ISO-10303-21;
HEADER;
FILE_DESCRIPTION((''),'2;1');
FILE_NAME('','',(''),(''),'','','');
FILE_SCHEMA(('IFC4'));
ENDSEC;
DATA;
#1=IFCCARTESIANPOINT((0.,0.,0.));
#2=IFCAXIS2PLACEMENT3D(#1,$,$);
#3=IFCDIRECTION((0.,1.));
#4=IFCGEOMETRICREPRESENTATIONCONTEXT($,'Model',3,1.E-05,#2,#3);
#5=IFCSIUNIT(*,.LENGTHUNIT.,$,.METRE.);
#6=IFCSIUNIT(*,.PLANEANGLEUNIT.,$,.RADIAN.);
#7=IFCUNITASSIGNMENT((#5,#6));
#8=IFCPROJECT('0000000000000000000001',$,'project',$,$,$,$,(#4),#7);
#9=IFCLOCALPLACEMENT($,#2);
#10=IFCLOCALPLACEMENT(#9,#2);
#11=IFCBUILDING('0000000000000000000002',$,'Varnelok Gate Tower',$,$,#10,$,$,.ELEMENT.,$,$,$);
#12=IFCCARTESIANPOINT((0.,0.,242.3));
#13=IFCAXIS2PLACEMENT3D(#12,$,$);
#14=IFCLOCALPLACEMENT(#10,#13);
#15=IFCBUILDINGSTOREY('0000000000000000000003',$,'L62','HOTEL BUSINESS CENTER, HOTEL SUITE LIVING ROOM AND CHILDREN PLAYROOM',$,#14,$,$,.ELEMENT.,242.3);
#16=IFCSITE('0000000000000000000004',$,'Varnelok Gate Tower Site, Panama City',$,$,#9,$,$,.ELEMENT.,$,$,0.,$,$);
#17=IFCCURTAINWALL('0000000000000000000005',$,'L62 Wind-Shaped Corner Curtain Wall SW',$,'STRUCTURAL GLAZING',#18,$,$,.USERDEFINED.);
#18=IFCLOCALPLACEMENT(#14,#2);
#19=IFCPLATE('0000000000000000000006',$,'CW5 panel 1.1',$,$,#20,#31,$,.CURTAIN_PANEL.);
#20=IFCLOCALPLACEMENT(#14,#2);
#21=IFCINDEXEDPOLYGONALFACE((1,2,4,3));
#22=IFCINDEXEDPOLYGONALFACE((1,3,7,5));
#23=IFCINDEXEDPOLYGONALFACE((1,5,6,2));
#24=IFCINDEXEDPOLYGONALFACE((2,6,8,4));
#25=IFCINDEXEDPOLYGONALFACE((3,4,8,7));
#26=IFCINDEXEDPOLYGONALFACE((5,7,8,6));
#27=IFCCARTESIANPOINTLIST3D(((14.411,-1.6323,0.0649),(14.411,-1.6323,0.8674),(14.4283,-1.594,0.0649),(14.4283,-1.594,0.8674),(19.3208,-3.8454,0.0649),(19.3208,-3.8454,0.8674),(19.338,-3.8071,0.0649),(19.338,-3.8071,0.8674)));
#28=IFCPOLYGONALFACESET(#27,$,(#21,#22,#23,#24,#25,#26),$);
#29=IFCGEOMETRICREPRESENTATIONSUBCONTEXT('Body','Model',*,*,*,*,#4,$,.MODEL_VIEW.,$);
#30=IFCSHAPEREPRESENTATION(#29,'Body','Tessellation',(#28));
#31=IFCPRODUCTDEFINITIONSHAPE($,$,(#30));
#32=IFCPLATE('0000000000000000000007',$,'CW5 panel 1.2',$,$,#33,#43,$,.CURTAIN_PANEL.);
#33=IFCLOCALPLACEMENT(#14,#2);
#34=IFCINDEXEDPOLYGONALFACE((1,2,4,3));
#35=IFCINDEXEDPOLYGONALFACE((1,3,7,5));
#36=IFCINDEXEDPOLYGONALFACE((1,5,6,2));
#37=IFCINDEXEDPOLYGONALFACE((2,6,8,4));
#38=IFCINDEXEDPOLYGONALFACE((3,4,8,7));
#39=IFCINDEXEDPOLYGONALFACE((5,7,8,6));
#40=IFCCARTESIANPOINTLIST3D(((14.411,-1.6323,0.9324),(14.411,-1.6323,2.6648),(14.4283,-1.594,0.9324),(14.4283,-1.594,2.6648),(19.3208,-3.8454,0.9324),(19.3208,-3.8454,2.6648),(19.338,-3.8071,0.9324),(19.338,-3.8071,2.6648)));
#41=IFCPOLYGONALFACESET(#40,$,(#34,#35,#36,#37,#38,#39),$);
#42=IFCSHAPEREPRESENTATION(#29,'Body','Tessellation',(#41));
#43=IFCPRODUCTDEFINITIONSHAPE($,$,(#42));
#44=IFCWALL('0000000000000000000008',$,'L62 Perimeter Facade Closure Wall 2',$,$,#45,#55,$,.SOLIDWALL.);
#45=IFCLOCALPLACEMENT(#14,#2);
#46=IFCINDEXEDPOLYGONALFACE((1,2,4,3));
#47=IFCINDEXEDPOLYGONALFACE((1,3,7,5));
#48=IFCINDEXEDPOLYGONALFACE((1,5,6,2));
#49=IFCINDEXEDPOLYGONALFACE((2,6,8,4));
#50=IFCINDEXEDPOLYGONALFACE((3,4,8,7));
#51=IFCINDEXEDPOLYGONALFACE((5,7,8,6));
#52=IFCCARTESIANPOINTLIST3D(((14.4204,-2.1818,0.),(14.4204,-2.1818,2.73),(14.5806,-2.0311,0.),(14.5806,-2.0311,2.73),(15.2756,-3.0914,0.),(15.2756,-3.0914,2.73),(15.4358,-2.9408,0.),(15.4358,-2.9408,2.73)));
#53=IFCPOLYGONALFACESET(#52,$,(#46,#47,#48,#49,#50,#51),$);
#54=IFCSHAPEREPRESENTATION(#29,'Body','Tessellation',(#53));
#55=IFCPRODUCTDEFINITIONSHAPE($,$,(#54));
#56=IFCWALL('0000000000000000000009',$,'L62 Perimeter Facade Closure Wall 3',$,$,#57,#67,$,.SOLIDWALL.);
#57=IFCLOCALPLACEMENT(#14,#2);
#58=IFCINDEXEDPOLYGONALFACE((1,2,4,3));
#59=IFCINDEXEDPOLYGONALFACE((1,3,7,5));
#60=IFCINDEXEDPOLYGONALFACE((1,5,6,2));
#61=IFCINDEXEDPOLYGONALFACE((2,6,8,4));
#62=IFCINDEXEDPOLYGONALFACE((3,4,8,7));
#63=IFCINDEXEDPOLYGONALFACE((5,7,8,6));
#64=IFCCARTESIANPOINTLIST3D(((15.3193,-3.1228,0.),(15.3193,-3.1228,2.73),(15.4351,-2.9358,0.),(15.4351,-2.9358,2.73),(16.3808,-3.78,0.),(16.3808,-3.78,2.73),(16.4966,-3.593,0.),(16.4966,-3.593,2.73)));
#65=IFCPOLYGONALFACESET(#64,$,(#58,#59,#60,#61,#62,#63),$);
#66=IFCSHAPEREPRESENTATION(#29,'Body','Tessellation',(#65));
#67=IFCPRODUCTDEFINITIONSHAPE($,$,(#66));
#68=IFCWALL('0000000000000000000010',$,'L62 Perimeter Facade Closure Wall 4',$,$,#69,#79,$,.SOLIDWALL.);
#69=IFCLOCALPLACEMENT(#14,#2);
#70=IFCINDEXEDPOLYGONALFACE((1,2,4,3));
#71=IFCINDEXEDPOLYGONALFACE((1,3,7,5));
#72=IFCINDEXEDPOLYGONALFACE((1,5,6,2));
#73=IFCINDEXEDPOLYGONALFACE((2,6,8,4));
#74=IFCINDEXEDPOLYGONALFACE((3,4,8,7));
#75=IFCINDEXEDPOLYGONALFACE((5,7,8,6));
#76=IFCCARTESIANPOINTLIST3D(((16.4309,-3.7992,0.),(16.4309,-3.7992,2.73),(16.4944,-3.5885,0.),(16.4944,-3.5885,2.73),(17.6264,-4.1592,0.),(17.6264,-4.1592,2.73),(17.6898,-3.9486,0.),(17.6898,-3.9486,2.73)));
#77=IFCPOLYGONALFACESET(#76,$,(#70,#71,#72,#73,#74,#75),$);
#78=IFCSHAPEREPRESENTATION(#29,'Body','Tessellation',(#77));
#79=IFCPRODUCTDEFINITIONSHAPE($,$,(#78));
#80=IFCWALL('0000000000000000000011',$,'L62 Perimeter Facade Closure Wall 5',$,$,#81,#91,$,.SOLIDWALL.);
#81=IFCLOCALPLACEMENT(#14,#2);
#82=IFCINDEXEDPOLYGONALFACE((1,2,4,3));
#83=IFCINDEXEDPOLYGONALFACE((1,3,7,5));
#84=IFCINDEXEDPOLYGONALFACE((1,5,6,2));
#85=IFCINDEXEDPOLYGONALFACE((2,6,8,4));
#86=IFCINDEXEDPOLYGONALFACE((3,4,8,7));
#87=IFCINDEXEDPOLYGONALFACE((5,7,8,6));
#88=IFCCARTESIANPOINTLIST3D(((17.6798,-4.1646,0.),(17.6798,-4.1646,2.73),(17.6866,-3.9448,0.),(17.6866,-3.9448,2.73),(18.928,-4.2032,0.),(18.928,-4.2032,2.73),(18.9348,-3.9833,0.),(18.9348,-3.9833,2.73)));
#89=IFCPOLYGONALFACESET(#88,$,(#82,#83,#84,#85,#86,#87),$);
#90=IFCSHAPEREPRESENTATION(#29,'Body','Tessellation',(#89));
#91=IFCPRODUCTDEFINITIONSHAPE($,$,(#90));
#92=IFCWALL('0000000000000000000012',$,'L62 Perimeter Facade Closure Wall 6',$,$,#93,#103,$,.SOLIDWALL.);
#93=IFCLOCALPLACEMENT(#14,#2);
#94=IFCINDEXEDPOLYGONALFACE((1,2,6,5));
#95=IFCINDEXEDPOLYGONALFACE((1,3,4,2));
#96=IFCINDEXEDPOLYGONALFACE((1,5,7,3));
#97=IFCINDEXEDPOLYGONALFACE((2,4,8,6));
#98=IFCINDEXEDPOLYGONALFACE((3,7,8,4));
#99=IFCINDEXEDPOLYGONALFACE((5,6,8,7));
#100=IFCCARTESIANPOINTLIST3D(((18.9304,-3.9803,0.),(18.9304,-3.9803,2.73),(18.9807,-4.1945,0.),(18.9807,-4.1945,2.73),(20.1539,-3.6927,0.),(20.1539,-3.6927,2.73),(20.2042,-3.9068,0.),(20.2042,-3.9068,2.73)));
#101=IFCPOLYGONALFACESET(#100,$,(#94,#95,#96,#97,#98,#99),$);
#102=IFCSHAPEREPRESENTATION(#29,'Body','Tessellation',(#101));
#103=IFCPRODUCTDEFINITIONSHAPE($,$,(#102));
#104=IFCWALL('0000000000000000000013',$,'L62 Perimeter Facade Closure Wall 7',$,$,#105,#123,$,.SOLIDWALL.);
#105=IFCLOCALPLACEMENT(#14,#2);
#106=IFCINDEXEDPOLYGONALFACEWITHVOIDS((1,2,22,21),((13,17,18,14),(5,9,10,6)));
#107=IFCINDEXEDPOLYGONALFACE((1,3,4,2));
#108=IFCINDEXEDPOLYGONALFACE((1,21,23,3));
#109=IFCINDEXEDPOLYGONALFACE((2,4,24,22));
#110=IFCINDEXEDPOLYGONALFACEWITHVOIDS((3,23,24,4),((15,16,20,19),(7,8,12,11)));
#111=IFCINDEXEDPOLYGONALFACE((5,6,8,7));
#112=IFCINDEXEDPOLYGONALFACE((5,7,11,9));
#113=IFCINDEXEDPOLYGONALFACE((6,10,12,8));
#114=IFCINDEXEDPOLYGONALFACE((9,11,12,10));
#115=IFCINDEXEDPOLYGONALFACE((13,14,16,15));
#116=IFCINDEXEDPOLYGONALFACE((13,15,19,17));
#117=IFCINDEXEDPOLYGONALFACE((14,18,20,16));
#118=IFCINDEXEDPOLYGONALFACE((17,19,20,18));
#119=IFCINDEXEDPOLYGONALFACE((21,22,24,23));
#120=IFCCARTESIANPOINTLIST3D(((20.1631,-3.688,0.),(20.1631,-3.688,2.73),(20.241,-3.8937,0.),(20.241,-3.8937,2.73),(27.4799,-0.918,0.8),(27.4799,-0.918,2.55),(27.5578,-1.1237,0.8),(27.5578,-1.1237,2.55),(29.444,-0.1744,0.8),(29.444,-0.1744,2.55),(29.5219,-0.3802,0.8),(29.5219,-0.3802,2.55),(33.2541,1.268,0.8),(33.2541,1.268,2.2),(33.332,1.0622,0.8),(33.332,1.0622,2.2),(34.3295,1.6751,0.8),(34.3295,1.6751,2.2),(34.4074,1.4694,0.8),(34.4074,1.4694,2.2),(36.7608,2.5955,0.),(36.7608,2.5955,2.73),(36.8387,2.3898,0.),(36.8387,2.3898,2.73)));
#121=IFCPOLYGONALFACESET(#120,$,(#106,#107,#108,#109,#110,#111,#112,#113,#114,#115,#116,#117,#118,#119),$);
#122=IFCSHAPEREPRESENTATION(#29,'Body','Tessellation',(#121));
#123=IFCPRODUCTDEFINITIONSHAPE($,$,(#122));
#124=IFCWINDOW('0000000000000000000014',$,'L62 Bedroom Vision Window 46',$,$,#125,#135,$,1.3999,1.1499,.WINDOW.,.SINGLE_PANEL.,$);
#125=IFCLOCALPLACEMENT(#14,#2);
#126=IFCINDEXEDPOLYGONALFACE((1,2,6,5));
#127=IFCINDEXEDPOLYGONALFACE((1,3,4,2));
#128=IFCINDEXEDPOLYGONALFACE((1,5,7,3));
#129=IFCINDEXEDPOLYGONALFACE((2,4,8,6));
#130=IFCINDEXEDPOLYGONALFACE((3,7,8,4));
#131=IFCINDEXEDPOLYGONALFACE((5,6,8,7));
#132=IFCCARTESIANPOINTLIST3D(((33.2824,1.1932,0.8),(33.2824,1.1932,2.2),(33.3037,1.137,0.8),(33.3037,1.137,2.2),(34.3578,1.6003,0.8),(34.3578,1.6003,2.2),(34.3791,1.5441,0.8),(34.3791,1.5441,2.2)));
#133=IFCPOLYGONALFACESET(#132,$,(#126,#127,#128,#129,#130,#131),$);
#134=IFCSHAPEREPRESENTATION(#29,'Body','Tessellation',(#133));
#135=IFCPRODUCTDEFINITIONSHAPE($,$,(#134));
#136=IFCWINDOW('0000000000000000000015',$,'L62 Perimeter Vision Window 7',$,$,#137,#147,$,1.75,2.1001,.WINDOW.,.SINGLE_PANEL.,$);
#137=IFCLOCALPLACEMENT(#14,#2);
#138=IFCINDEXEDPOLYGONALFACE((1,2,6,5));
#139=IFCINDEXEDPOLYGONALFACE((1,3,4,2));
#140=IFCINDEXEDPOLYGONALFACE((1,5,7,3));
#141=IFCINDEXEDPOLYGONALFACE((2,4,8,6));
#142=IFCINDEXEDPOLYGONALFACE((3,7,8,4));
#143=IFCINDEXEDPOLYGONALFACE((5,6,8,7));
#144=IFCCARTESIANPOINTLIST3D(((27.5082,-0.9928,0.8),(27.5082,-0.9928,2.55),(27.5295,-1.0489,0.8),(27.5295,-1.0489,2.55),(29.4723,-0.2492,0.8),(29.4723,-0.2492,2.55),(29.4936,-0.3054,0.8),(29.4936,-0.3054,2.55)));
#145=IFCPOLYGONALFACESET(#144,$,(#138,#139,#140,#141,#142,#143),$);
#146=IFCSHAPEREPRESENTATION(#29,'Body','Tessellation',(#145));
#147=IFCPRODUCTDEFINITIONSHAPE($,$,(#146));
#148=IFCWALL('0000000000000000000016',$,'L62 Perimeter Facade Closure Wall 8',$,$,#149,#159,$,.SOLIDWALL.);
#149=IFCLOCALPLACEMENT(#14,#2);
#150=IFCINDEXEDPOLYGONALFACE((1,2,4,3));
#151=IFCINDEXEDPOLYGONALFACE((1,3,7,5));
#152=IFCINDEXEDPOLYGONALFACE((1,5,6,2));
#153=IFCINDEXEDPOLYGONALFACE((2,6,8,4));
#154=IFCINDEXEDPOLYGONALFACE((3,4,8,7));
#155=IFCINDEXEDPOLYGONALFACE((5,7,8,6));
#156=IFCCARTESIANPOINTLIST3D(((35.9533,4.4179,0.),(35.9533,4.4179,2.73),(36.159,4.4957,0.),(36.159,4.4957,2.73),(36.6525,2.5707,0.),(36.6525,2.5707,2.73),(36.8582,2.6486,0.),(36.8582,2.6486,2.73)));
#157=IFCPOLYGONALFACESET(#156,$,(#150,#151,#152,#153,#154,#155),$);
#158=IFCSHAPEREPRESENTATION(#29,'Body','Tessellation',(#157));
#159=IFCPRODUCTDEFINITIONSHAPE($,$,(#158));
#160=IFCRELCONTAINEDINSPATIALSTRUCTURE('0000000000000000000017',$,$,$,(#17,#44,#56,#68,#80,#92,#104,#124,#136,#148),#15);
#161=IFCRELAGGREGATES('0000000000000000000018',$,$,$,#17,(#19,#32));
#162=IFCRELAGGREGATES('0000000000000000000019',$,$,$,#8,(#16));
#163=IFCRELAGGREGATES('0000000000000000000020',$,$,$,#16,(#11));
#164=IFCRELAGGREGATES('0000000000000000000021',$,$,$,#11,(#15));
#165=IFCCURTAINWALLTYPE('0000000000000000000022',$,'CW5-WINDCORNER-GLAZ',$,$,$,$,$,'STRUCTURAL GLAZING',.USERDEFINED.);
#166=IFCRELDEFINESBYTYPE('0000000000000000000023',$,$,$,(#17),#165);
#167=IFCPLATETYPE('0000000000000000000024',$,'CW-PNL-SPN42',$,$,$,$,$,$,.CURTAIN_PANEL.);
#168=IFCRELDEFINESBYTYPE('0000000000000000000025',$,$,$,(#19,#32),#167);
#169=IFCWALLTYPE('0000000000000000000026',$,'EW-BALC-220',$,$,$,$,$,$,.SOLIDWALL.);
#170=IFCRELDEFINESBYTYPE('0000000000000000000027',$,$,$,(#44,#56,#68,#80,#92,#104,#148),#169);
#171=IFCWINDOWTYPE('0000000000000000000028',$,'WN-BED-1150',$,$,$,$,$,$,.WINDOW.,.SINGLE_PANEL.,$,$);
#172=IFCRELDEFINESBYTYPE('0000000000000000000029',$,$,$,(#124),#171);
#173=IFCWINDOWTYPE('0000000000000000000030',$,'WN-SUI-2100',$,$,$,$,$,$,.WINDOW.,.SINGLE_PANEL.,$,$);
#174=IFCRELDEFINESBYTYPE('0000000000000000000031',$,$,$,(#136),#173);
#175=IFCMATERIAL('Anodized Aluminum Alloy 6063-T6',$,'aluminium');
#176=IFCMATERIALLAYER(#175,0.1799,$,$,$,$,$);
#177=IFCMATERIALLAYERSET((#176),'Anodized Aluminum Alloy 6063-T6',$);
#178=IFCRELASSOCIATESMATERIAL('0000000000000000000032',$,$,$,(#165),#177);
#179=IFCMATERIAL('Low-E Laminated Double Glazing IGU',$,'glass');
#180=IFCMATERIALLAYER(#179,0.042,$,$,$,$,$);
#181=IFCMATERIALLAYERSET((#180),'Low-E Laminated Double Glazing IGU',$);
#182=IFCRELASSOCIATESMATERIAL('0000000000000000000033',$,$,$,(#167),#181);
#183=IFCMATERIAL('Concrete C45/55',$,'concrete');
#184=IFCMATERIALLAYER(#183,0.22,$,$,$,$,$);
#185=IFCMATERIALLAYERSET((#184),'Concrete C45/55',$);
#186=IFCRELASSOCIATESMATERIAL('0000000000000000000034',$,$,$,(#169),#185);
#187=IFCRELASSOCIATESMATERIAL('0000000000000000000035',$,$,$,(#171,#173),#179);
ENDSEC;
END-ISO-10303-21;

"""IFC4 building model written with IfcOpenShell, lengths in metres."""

from ifc_helpers import new_model, si_unit, direction, frame, frame_2d, origin, origin_2d, place, context, subcontext, project, spatial, rectangle, extrude, source, transform, mapped, material, layer, layer_set, type_object, element, fill, aggregate, save


model = new_model("IFC4")

# Units and contexts
model_context = context("Model", 3, precision=1e-05, world=origin(), true_north=direction((0.0, 1.0)))
body_context = subcontext(model_context, "Body", "Model", "MODEL_VIEW")
ifc_project = project(units=[si_unit("LENGTHUNIT", "METRE"), si_unit("PLANEANGLEUNIT", "RADIAN")], contexts=[model_context])

# Site, building, storey
site_placement = place(None, origin())
site = spatial("IfcSite", under=ifc_project, at=site_placement, Name="Varnelok Gate Tower Site, Panama City", CompositionType="ELEMENT", RefElevation=0.0)
building_placement = place(site_placement, origin())
building = spatial("IfcBuilding", under=site, at=building_placement, Name="Varnelok Gate Tower", CompositionType="ELEMENT")
storey_placement = place(building_placement, frame((0.0, 0.0, 242.3)))
storey = spatial("IfcBuildingStorey", under=building, at=storey_placement, Name="L62", Description="HOTEL BUSINESS CENTER, HOTEL SUITE LIVING ROOM AND CHILDREN PLAYROOM", CompositionType="ELEMENT", Elevation=242.3)

# Curtain wall, plates
ifc_material_1 = material(Name="Anodized Aluminum Alloy 6063-T6", Category="aluminium")
ifc_layer_1 = layer(ifc_material_1, 0.1799)
ifc_layer_set_1 = layer_set([ifc_layer_1], Name="Anodized Aluminum Alloy 6063-T6")
curtain_wall_type = type_object("IfcCurtainWallType", Name="CW5-WINDCORNER-GLAZ", ElementType="STRUCTURAL GLAZING", PredefinedType="USERDEFINED", material=ifc_layer_set_1)
curtain_wall_placement = place(storey_placement, origin())
curtain_wall = element("IfcCurtainWall", 1, at=curtain_wall_placement, inside=storey, type_object=curtain_wall_type, Name="L62 Wind-Shaped Corner Curtain Wall SW", ObjectType="STRUCTURAL GLAZING", PredefinedType="USERDEFINED")
ifc_material_2 = material(Name="Low-E Laminated Double Glazing IGU", Category="glass")
ifc_layer_2 = layer(ifc_material_2, 0.042)
ifc_layer_set_2 = layer_set([ifc_layer_2], Name="Low-E Laminated Double Glazing IGU")
plate_type = type_object("IfcPlateType", Name="CW-PNL-SPN42", PredefinedType="CURTAIN_PANEL", material=ifc_layer_set_2)
shared_shape_1 = source(origin(), body_context, "Body", "SweptSolid", [
    extrude(rectangle(XDim=5.3855, YDim=0.042, at=origin_2d()), origin(), (0.0, 0.0, 1.0), 0.8025),
])
plate_1_placement = place(storey_placement, frame((16.8745, -2.7197, 0.0649), z_axis=(0.0, 0.0, 1.0), x_axis=(0.911663, -0.410939, 0.0)))
plate_1 = element("IfcPlate", 2, at=plate_1_placement, type_object=plate_type, Name="CW5 panel 1.1", PredefinedType="CURTAIN_PANEL", context=body_context, shape_type="MappedRepresentation", body=[
    mapped(shared_shape_1, transform((0.0, 0.0, 0.0), scale=1.0)),
])
shared_shape_2 = source(origin(), body_context, "Body", "SweptSolid", [
    extrude(rectangle(XDim=5.3855, YDim=0.042, at=origin_2d()), origin(), (0.0, 0.0, 1.0), 1.7324),
])
plate_2_placement = place(storey_placement, frame((16.8745, -2.7197, 0.9324), z_axis=(0.0, 0.0, 1.0), x_axis=(0.911663, -0.410939, 0.0)))
plate_2 = element("IfcPlate", 3, at=plate_2_placement, type_object=plate_type, Name="CW5 panel 1.2", PredefinedType="CURTAIN_PANEL", context=body_context, shape_type="MappedRepresentation", body=[
    mapped(shared_shape_2, transform((0.0, 0.0, 0.0), scale=1.0)),
])
aggregate(curtain_wall, [plate_1, plate_2])

# Walls
ifc_material_3 = material(Name="Concrete C45/55", Category="concrete")
ifc_layer_3 = layer(ifc_material_3, 0.22)
ifc_layer_set_3 = layer_set([ifc_layer_3], Name="Concrete C45/55")
wall_type_1 = type_object("IfcWallType", Name="EW-BALC-220", PredefinedType="SOLIDWALL", material=ifc_layer_set_3)
for number, where, z_axis, x_axis, name in (
    (4, (14.5005, -2.1064, 0.0), (0.0, 0.0, 1.0), (0.684968, -0.728573, 0.0), "L62 Perimeter Facade Closure Wall 2"),
    (5, (15.3772, -3.0293, 0.0), (0.0, 0.0, 1.0), (0.850232, -0.526408, 0.0), "L62 Perimeter Facade Closure Wall 3"),
    (6, (16.4626, -3.6938, 0.0), (0.0, 0.0, 1.0), (0.957508, -0.288406, 0.0), "L62 Perimeter Facade Closure Wall 4"),
):
    element("IfcWall", number, at=place(storey_placement, frame(where, z_axis=z_axis, x_axis=x_axis)), inside=storey, type_object=wall_type_1, Name=name, PredefinedType="SOLIDWALL", context=body_context, shape_type="SweptSolid", body=[
        extrude(rectangle(XDim=1.2485, YDim=0.22, at=frame_2d((0.6243, 0.0))), origin(), (0.0, 0.0, 1.0), 2.73),
    ])
wall_1_placement = place(storey_placement, frame((17.6831, -4.0547, 0.0), z_axis=(0.0, 0.0, 1.0), x_axis=(0.999523, -0.030887, 0.0)))
element("IfcWall", 7, at=wall_1_placement, inside=storey, type_object=wall_type_1, Name="L62 Perimeter Facade Closure Wall 5", PredefinedType="SOLIDWALL", context=body_context, shape_type="SweptSolid", body=[
    extrude(rectangle(XDim=1.2488, YDim=0.22, at=frame_2d((0.6245, 0.0))), origin(), (0.0, 0.0, 1.0), 2.73),
])
wall_2_placement = place(storey_placement, frame((18.9556, -4.0874, 0.0), z_axis=(0.0, 0.0, 1.0), x_axis=(0.973463, 0.228844, 0.0)))
element("IfcWall", 8, at=wall_2_placement, inside=storey, type_object=wall_type_1, Name="L62 Perimeter Facade Closure Wall 6", PredefinedType="SOLIDWALL", context=body_context, shape_type="SweptSolid", body=[
    extrude(rectangle(XDim=1.2568, YDim=0.22, at=frame_2d((0.6284, 0.0))), origin(), (0.0, 0.0, 1.0), 2.73),
])

# Wall, openings, windows
wall_3_placement = place(storey_placement, frame((20.2021, -3.7908, 0.0), z_axis=(0.0, 0.0, 1.0), x_axis=(0.935226, 0.354052, 0.0)))
wall_3 = element("IfcWall", 9, at=wall_3_placement, inside=storey, type_object=wall_type_1, Name="L62 Perimeter Facade Closure Wall 7", PredefinedType="SOLIDWALL", context=body_context, shape_type="SweptSolid", body=[
    extrude(rectangle(XDim=17.7473, YDim=0.22, at=frame_2d((8.8735, 0.0))), origin(), (0.0, 0.0, 1.0), 2.73),
])
opening_1_placement = place(wall_3_placement, frame((7.8235, 0.0, 0.8)))
opening_1 = element("IfcOpeningElement", 10, at=opening_1_placement, cuts=wall_3, PredefinedType="OPENING", context=body_context, shape_type="SweptSolid", body=[
    extrude(rectangle(XDim=2.1001, YDim=1.75, at=frame_2d((1.05, 0.875))), frame((0.0, 0.1199, 0.0), z_axis=(0.0, -1.0, 0.0), x_axis=(1.0, 0.0, 0.0)), (0.0, 0.0, 1.0), 0.24),
])
opening_2_placement = place(wall_3_placement, frame((13.9976, 0.0, 0.8)))
opening_2 = element("IfcOpeningElement", 11, at=opening_2_placement, cuts=wall_3, PredefinedType="OPENING", context=body_context, shape_type="SweptSolid", body=[
    extrude(rectangle(XDim=1.1499, YDim=1.3999, at=frame_2d((0.575, 0.7))), frame((0.0, 0.1199, 0.0), z_axis=(0.0, -1.0, 0.0), x_axis=(1.0, 0.0, 0.0)), (0.0, 0.0, 1.0), 0.24),
])
window_type_1 = type_object("IfcWindowType", Name="WN-BED-1150", PartitioningType="SINGLE_PANEL", PredefinedType="WINDOW", material=ifc_material_2)
window_1_placement = place(opening_2_placement, origin())
window_1 = element("IfcWindow", 12, at=window_1_placement, inside=storey, type_object=window_type_1, Name="L62 Bedroom Vision Window 46", OverallHeight=1.3999, OverallWidth=1.1499, PartitioningType="SINGLE_PANEL", PredefinedType="WINDOW", context=body_context, shape_type="SweptSolid", body=[
    extrude(rectangle(XDim=1.1499, YDim=1.3999, at=frame_2d((0.575, 0.7))), frame((0.0, 0.03, 0.0), z_axis=(0.0, -1.0, 0.0), x_axis=(1.0, 0.0, 0.0)), (0.0, 0.0, 1.0), 0.0601),
])
fill(opening_2, window_1)
window_type_2 = type_object("IfcWindowType", Name="WN-SUI-2100", PartitioningType="SINGLE_PANEL", PredefinedType="WINDOW", material=ifc_material_2)
window_2_placement = place(opening_1_placement, origin())
window_2 = element("IfcWindow", 13, at=window_2_placement, inside=storey, type_object=window_type_2, Name="L62 Perimeter Vision Window 7", OverallHeight=1.75, OverallWidth=2.1001, PartitioningType="SINGLE_PANEL", PredefinedType="WINDOW", context=body_context, shape_type="SweptSolid", body=[
    extrude(rectangle(XDim=2.1001, YDim=1.75, at=frame_2d((1.05, 0.875))), frame((0.0, 0.03, 0.0), z_axis=(0.0, -1.0, 0.0), x_axis=(1.0, 0.0, 0.0)), (0.0, 0.0, 1.0), 0.0601),
])
fill(opening_1, window_2)

# Wall
wall_4_placement = place(storey_placement, frame((36.7554, 2.6096, 0.0), z_axis=(0.0, 0.0, 1.0), x_axis=(-0.354021, 0.935238, 0.0)))
element("IfcWall", 14, at=wall_4_placement, inside=storey, type_object=wall_type_1, Name="L62 Perimeter Facade Closure Wall 8", PredefinedType="SOLIDWALL", context=body_context, shape_type="SweptSolid", body=[
    extrude(rectangle(XDim=1.9751, YDim=0.22, at=frame_2d((0.9875, 0.0))), origin(), (0.0, 0.0, 1.0), 2.73),
])

save(model, "model.ifc")
